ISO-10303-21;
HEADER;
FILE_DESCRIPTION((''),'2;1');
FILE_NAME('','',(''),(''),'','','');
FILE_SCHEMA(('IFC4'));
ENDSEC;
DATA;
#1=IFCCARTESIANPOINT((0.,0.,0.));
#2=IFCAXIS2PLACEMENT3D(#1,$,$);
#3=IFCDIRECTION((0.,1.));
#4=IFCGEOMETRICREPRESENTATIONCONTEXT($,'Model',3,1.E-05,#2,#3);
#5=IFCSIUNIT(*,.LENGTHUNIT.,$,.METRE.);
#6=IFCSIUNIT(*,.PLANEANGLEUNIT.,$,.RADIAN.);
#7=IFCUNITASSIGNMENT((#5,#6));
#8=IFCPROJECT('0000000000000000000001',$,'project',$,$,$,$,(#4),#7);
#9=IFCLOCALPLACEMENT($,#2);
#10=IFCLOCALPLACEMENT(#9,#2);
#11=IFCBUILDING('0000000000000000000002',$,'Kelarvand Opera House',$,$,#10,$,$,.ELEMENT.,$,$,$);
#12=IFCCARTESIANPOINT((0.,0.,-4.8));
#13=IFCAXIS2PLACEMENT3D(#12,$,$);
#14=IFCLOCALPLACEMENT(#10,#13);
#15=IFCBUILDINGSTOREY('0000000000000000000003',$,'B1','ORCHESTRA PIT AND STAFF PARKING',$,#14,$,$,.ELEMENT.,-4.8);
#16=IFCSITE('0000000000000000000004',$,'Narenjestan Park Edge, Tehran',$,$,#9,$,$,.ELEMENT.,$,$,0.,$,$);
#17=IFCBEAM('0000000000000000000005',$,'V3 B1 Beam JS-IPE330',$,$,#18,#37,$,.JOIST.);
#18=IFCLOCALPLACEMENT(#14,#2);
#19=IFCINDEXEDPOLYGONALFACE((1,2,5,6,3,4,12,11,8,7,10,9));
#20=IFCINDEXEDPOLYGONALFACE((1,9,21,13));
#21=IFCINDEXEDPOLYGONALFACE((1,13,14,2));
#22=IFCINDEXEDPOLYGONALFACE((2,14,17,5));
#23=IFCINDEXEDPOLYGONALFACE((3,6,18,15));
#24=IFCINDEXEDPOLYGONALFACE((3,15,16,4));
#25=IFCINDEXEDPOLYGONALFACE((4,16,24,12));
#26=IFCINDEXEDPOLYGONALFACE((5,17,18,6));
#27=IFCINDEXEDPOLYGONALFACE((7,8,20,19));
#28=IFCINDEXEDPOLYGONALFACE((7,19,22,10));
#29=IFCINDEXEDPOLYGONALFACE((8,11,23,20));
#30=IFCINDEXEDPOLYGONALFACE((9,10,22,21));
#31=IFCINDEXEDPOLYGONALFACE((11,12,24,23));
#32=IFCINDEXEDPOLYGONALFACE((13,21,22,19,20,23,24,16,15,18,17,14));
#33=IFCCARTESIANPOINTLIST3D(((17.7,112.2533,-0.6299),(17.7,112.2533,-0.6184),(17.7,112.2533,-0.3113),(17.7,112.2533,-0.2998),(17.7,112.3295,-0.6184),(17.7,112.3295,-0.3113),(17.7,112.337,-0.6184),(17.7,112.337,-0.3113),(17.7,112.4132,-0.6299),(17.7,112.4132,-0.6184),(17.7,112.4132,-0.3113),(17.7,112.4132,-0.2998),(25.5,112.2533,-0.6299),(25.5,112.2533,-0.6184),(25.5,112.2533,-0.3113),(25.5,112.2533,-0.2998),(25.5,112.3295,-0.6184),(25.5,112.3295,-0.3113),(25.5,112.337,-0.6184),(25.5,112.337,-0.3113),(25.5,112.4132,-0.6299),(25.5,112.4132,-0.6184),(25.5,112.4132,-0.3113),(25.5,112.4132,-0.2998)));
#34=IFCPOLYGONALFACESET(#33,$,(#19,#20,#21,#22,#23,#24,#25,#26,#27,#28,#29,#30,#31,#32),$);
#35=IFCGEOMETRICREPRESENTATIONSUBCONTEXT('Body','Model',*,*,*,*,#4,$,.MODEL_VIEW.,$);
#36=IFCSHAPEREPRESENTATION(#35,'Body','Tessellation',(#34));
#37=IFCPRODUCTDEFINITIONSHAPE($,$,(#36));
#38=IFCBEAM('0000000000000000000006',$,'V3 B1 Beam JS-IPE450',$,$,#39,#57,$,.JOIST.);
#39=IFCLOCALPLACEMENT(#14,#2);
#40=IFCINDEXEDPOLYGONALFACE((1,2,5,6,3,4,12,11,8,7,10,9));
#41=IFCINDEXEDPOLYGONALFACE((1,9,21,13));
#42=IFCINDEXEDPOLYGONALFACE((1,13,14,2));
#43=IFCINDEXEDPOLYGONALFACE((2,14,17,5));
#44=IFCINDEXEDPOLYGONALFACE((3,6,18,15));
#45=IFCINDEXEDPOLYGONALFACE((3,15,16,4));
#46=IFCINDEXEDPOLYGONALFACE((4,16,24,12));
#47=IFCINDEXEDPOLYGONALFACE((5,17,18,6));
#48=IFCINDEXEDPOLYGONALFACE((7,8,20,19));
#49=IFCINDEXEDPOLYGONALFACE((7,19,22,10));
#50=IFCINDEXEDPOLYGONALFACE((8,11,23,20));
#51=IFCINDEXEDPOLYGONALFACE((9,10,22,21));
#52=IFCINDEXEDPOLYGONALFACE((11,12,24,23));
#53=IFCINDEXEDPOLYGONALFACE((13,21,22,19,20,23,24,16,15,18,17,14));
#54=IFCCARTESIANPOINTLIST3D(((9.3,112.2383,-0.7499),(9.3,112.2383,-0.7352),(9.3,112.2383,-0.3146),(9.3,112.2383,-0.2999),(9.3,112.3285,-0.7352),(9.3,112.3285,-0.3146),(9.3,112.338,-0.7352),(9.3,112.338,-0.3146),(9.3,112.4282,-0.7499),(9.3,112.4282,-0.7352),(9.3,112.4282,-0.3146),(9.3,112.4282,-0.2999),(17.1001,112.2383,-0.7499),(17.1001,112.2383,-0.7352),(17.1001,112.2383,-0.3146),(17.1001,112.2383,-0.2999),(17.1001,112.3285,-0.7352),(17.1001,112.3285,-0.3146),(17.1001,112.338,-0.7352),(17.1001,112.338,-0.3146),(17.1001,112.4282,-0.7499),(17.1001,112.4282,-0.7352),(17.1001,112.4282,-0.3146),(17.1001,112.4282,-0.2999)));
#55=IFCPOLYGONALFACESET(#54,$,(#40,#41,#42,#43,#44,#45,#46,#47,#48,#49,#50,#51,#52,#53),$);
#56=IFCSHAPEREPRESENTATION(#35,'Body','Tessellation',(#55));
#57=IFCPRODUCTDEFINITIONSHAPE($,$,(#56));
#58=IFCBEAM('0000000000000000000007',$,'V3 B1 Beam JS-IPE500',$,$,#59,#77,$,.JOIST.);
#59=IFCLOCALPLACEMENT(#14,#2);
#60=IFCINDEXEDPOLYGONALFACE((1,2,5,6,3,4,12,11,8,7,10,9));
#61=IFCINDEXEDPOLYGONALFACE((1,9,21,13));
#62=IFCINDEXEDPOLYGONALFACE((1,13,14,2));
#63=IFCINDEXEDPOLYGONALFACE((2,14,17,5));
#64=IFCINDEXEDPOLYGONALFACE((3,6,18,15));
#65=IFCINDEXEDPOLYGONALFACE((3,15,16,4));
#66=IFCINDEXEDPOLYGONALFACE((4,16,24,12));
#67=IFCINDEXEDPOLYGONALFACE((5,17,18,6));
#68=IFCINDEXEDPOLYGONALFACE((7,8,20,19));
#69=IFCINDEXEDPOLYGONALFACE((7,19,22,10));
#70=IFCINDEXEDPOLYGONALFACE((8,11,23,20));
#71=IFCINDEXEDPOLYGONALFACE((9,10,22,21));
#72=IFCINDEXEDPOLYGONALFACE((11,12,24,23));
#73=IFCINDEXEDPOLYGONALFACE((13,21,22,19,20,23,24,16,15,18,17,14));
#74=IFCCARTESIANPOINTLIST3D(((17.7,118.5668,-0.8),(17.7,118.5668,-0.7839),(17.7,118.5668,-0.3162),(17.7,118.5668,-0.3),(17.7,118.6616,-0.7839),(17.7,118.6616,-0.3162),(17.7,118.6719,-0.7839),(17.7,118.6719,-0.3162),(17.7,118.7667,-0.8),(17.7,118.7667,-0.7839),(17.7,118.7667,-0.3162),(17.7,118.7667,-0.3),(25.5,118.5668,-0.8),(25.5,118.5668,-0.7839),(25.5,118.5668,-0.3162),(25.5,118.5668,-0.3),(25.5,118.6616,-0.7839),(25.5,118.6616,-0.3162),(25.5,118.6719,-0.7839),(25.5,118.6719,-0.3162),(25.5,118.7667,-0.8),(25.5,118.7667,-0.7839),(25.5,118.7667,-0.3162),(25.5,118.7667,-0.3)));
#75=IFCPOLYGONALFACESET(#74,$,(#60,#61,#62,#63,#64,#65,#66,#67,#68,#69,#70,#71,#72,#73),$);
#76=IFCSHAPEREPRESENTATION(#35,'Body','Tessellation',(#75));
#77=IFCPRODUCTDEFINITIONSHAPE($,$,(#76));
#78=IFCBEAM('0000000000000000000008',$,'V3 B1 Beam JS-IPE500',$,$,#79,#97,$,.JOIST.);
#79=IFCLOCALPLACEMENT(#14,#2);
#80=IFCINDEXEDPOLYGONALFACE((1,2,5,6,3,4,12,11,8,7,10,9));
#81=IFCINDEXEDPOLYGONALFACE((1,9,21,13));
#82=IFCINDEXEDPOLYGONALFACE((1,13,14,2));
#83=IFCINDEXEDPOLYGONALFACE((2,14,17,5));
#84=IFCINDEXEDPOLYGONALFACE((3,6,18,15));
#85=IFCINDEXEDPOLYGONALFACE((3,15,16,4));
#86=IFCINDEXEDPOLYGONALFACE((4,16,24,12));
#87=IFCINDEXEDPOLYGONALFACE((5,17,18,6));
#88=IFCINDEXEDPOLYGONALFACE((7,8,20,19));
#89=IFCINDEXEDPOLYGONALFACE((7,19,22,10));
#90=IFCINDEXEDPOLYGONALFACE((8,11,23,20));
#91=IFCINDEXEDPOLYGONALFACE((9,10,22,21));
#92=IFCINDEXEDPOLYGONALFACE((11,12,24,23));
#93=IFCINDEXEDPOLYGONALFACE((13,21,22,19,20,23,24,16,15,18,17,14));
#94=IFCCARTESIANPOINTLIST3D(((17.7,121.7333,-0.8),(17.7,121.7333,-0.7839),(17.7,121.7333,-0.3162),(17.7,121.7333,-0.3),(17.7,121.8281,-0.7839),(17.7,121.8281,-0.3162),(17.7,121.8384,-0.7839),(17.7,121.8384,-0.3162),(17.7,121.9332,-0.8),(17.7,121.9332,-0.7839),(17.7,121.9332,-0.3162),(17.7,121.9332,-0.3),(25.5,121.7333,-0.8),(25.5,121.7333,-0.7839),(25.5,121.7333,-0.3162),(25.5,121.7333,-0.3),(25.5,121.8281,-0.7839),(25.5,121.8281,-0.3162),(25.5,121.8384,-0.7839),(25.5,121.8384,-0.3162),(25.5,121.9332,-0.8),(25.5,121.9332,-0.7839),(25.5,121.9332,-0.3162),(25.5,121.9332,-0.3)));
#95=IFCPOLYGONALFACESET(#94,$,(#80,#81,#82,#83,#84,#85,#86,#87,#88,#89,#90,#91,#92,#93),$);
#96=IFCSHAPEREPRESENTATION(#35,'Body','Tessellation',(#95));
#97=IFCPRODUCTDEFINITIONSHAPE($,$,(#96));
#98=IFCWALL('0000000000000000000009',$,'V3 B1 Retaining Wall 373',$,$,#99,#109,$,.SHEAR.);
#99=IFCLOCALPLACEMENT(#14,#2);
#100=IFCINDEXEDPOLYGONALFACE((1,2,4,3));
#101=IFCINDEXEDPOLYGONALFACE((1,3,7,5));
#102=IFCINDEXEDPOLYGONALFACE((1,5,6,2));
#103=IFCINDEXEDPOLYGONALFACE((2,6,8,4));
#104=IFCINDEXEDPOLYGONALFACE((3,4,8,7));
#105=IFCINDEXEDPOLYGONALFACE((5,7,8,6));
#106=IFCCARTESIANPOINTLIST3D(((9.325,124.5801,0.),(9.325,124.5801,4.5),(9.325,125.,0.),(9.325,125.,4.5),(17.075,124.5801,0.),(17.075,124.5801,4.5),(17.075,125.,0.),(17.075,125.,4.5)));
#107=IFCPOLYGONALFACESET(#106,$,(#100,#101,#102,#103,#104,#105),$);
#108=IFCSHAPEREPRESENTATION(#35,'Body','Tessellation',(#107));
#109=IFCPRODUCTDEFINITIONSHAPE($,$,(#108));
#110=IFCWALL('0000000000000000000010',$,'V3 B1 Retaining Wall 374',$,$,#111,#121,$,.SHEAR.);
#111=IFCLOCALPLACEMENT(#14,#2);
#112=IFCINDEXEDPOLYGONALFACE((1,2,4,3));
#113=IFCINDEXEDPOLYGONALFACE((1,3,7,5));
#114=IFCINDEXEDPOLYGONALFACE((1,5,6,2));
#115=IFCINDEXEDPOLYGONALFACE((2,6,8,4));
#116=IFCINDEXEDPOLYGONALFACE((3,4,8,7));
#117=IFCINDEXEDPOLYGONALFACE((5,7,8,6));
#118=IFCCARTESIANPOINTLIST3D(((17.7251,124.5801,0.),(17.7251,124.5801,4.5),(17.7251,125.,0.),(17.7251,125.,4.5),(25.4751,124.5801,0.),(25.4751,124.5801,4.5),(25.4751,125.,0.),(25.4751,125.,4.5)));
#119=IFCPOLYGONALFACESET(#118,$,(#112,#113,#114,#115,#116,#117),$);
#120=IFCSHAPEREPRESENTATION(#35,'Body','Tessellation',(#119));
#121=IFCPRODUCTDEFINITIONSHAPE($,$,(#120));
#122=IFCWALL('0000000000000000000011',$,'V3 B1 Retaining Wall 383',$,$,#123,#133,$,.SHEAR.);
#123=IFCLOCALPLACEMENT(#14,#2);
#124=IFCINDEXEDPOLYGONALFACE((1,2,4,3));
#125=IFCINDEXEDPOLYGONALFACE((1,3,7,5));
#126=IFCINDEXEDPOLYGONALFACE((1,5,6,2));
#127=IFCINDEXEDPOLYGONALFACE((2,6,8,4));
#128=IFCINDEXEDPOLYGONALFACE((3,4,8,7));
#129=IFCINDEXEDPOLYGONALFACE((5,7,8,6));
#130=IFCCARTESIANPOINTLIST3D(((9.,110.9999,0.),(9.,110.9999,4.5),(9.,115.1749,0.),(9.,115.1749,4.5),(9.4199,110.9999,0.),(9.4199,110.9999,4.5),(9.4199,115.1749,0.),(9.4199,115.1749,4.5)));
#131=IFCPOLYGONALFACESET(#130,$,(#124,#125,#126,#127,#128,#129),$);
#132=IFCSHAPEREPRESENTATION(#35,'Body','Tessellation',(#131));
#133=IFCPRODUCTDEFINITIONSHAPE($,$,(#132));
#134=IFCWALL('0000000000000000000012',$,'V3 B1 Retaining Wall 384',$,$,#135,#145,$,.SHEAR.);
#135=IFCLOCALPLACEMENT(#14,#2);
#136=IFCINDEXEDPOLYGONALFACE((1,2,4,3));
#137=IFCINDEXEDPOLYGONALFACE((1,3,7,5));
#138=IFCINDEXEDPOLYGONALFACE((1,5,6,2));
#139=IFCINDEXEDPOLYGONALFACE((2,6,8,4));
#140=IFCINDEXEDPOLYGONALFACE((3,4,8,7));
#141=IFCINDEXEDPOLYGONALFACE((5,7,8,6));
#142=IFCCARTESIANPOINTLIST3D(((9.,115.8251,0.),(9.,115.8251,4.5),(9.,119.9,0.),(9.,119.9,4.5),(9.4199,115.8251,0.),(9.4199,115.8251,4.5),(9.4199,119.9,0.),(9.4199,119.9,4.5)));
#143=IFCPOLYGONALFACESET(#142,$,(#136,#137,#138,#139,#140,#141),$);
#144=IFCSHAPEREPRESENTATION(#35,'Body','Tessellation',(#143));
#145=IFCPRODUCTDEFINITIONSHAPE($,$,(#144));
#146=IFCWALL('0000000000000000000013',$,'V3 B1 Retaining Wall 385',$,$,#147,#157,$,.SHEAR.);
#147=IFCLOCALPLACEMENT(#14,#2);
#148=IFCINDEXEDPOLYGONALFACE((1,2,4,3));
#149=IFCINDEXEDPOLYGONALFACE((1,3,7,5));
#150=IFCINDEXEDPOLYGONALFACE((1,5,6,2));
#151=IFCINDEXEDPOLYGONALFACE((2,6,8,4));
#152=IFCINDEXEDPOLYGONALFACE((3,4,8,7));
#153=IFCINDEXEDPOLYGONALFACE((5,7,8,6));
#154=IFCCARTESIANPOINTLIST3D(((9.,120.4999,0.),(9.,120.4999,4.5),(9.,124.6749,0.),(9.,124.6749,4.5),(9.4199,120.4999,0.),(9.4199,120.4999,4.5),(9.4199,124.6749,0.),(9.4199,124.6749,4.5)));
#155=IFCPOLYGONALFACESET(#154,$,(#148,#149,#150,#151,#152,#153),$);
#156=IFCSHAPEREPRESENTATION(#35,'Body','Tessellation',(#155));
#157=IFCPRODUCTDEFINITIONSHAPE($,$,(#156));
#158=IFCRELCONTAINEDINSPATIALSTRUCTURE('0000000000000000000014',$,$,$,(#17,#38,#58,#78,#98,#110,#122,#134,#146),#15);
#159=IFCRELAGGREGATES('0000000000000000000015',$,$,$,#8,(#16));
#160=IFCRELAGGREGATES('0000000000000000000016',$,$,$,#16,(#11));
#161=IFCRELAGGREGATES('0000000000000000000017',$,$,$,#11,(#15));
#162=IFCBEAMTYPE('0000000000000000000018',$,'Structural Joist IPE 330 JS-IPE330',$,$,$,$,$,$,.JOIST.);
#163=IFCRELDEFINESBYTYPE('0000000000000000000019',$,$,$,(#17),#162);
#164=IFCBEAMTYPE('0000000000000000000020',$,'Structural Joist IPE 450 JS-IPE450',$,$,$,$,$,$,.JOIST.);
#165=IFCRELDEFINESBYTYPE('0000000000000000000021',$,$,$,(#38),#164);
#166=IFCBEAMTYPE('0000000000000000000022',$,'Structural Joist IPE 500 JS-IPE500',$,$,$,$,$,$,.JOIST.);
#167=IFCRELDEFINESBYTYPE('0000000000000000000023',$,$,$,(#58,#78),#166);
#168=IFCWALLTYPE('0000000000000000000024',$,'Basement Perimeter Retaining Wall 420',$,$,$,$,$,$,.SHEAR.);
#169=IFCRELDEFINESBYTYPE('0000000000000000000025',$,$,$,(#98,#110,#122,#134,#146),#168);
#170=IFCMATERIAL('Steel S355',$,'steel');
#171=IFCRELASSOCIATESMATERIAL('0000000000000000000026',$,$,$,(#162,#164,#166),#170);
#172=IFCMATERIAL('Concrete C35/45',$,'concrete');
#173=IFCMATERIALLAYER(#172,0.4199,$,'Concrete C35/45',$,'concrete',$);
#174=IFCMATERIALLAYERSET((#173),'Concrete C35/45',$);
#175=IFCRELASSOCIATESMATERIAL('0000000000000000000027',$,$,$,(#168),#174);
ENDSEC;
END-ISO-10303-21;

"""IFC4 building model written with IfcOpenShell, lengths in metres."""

from ifc_helpers import new_model, si_unit, direction, frame, frame_2d, origin, origin_2d, place, context, subcontext, project, spatial, rectangle, i_section, extrude, material, layer, layer_set, material_profile, profile_set, type_object, element, save


model = new_model("IFC4")

# Units and contexts
model_context = context("Model", 3, precision=1e-05, world=origin(), true_north=direction((0.0, 1.0)))
body_context = subcontext(model_context, "Body", "Model", "MODEL_VIEW")
ifc_project = project(units=[si_unit("LENGTHUNIT", "METRE"), si_unit("PLANEANGLEUNIT", "RADIAN")], contexts=[model_context])

# Site, building, storey
site_placement = place(None, origin())
site = spatial("IfcSite", under=ifc_project, at=site_placement, Name="Narenjestan Park Edge, Tehran", CompositionType="ELEMENT", RefElevation=0.0)
building_placement = place(site_placement, origin())
building = spatial("IfcBuilding", under=site, at=building_placement, Name="Kelarvand Opera House", CompositionType="ELEMENT")
storey_placement = place(building_placement, frame((0.0, 0.0, -4.8)))
storey = spatial("IfcBuildingStorey", under=building, at=storey_placement, Name="B1", Description="ORCHESTRA PIT AND STAFF PARKING", CompositionType="ELEMENT", Elevation=-4.8)

# Beams
ifc_material_1 = material(Name="Steel S355", Category="steel")
ifc_material_profile_1 = material_profile(ifc_material_1, i_section(OverallWidth=0.1599, OverallDepth=0.3301, WebThickness=0.0076, FlangeThickness=0.0115, at=origin_2d()), Name="IPE 330", Category="steel")
ifc_profile_set_1 = profile_set([ifc_material_profile_1], Name="Steel S355")
beam_type_1 = type_object("IfcBeamType", Name="Structural Joist IPE 330 JS-IPE330", PredefinedType="JOIST", material=ifc_profile_set_1)
for number, where, z_axis, x_axis, name in (
    (1, (17.7, 112.3333, -0.4648), (1.0, 0.0, 0.0), (0.0, 1.0, 0.0), "V3 B1 Beam JS-IPE330"),
):
    element("IfcBeam", number, at=place(storey_placement, frame(where, z_axis=z_axis, x_axis=x_axis)), inside=storey, type_object=beam_type_1, Name=name, PredefinedType="JOIST", context=body_context, shape_type="SweptSolid", body=[
        extrude(i_section(OverallWidth=0.1599, OverallDepth=0.3301, WebThickness=0.0076, FlangeThickness=0.0115, at=origin_2d()), origin(), (0.0, 0.0, 1.0), 7.8),
    ])
ifc_material_profile_2 = material_profile(ifc_material_1, i_section(OverallWidth=0.1899, OverallDepth=0.45, WebThickness=0.0095, FlangeThickness=0.0146, at=origin_2d()), Name="IPE 450", Category="steel")
ifc_profile_set_2 = profile_set([ifc_material_profile_2], Name="Steel S355")
beam_type_2 = type_object("IfcBeamType", Name="Structural Joist IPE 450 JS-IPE450", PredefinedType="JOIST", material=ifc_profile_set_2)
beam_placement = place(storey_placement, frame((9.3, 112.3333, -0.5249), z_axis=(1.0, 0.0, 0.0), x_axis=(0.0, 1.0, 0.0)))
element("IfcBeam", 2, at=beam_placement, inside=storey, type_object=beam_type_2, Name="V3 B1 Beam JS-IPE450", PredefinedType="JOIST", context=body_context, shape_type="SweptSolid", body=[
    extrude(i_section(OverallWidth=0.1899, OverallDepth=0.45, WebThickness=0.0095, FlangeThickness=0.0146, at=origin_2d()), origin(), (0.0, 0.0, 1.0), 7.8),
])
ifc_material_profile_3 = material_profile(ifc_material_1, i_section(OverallWidth=0.2, OverallDepth=0.5, WebThickness=0.0103, FlangeThickness=0.0161, at=origin_2d()), Name="IPE 500", Category="steel")
ifc_profile_set_3 = profile_set([ifc_material_profile_3], Name="Steel S355")
beam_type_3 = type_object("IfcBeamType", Name="Structural Joist IPE 500 JS-IPE500", PredefinedType="JOIST", material=ifc_profile_set_3)
for number, where, z_axis, x_axis, name in (
    (3, (17.7, 118.6667, -0.55), (1.0, 0.0, 0.0), (0.0, 1.0, 0.0), "V3 B1 Beam JS-IPE500"),
    (4, (17.7, 121.8333, -0.55), (1.0, 0.0, 0.0), (0.0, 1.0, 0.0), "V3 B1 Beam JS-IPE500"),
):
    element("IfcBeam", number, at=place(storey_placement, frame(where, z_axis=z_axis, x_axis=x_axis)), inside=storey, type_object=beam_type_3, Name=name, PredefinedType="JOIST", context=body_context, shape_type="SweptSolid", body=[
        extrude(i_section(OverallWidth=0.2, OverallDepth=0.5, WebThickness=0.0103, FlangeThickness=0.0161, at=origin_2d()), origin(), (0.0, 0.0, 1.0), 7.8),
    ])

# Walls
ifc_material_2 = material(Name="Concrete C35/45", Category="concrete")
ifc_layer = layer(ifc_material_2, 0.4199, Name="Concrete C35/45", Category="concrete")
ifc_layer_set = layer_set([ifc_layer], Name="Concrete C35/45")
wall_type = type_object("IfcWallType", Name="Basement Perimeter Retaining Wall 420", PredefinedType="SHEAR", material=ifc_layer_set)
for number, where, z_axis, x_axis, name in (
    (5, (9.325, 124.79, 0.0), (0.0, 0.0, 1.0), (1.0, 0.0, 0.0), "V3 B1 Retaining Wall 373"),
    (6, (17.7251, 124.79, 0.0), (0.0, 0.0, 1.0), (1.0, 0.0, 0.0), "V3 B1 Retaining Wall 374"),
):
    element("IfcWall", number, at=place(storey_placement, frame(where, z_axis=z_axis, x_axis=x_axis)), inside=storey, type_object=wall_type, Name=name, PredefinedType="SHEAR", context=body_context, shape_type="SweptSolid", body=[
        extrude(rectangle(XDim=7.75, YDim=0.4199, at=frame_2d((3.875, 0.0))), origin(), (0.0, 0.0, 1.0), 4.5),
    ])
wall_1_placement = place(storey_placement, frame((9.21, 111.0, 0.0), z_axis=(0.0, 0.0, 1.0), x_axis=(0.0, 1.0, 0.0)))
element("IfcWall", 7, at=wall_1_placement, inside=storey, type_object=wall_type, Name="V3 B1 Retaining Wall 383", PredefinedType="SHEAR", context=body_context, shape_type="SweptSolid", body=[
    extrude(rectangle(XDim=4.175, YDim=0.4199, at=frame_2d((2.0874, 0.0))), origin(), (0.0, 0.0, 1.0), 4.5),
])
wall_2_placement = place(storey_placement, frame((9.21, 115.825, 0.0), z_axis=(0.0, 0.0, 1.0), x_axis=(0.0, 1.0, 0.0)))
element("IfcWall", 8, at=wall_2_placement, inside=storey, type_object=wall_type, Name="V3 B1 Retaining Wall 384", PredefinedType="SHEAR", context=body_context, shape_type="SweptSolid", body=[
    extrude(rectangle(XDim=4.075, YDim=0.4199, at=frame_2d((2.0376, 0.0))), origin(), (0.0, 0.0, 1.0), 4.5),
])
wall_3_placement = place(storey_placement, frame((9.21, 120.5, 0.0), z_axis=(0.0, 0.0, 1.0), x_axis=(0.0, 1.0, 0.0)))
element("IfcWall", 9, at=wall_3_placement, inside=storey, type_object=wall_type, Name="V3 B1 Retaining Wall 385", PredefinedType="SHEAR", context=body_context, shape_type="SweptSolid", body=[
    extrude(rectangle(XDim=4.175, YDim=0.4199, at=frame_2d((2.0874, 0.0))), origin(), (0.0, 0.0, 1.0), 4.5),
])

save(model, "model.ifc")
